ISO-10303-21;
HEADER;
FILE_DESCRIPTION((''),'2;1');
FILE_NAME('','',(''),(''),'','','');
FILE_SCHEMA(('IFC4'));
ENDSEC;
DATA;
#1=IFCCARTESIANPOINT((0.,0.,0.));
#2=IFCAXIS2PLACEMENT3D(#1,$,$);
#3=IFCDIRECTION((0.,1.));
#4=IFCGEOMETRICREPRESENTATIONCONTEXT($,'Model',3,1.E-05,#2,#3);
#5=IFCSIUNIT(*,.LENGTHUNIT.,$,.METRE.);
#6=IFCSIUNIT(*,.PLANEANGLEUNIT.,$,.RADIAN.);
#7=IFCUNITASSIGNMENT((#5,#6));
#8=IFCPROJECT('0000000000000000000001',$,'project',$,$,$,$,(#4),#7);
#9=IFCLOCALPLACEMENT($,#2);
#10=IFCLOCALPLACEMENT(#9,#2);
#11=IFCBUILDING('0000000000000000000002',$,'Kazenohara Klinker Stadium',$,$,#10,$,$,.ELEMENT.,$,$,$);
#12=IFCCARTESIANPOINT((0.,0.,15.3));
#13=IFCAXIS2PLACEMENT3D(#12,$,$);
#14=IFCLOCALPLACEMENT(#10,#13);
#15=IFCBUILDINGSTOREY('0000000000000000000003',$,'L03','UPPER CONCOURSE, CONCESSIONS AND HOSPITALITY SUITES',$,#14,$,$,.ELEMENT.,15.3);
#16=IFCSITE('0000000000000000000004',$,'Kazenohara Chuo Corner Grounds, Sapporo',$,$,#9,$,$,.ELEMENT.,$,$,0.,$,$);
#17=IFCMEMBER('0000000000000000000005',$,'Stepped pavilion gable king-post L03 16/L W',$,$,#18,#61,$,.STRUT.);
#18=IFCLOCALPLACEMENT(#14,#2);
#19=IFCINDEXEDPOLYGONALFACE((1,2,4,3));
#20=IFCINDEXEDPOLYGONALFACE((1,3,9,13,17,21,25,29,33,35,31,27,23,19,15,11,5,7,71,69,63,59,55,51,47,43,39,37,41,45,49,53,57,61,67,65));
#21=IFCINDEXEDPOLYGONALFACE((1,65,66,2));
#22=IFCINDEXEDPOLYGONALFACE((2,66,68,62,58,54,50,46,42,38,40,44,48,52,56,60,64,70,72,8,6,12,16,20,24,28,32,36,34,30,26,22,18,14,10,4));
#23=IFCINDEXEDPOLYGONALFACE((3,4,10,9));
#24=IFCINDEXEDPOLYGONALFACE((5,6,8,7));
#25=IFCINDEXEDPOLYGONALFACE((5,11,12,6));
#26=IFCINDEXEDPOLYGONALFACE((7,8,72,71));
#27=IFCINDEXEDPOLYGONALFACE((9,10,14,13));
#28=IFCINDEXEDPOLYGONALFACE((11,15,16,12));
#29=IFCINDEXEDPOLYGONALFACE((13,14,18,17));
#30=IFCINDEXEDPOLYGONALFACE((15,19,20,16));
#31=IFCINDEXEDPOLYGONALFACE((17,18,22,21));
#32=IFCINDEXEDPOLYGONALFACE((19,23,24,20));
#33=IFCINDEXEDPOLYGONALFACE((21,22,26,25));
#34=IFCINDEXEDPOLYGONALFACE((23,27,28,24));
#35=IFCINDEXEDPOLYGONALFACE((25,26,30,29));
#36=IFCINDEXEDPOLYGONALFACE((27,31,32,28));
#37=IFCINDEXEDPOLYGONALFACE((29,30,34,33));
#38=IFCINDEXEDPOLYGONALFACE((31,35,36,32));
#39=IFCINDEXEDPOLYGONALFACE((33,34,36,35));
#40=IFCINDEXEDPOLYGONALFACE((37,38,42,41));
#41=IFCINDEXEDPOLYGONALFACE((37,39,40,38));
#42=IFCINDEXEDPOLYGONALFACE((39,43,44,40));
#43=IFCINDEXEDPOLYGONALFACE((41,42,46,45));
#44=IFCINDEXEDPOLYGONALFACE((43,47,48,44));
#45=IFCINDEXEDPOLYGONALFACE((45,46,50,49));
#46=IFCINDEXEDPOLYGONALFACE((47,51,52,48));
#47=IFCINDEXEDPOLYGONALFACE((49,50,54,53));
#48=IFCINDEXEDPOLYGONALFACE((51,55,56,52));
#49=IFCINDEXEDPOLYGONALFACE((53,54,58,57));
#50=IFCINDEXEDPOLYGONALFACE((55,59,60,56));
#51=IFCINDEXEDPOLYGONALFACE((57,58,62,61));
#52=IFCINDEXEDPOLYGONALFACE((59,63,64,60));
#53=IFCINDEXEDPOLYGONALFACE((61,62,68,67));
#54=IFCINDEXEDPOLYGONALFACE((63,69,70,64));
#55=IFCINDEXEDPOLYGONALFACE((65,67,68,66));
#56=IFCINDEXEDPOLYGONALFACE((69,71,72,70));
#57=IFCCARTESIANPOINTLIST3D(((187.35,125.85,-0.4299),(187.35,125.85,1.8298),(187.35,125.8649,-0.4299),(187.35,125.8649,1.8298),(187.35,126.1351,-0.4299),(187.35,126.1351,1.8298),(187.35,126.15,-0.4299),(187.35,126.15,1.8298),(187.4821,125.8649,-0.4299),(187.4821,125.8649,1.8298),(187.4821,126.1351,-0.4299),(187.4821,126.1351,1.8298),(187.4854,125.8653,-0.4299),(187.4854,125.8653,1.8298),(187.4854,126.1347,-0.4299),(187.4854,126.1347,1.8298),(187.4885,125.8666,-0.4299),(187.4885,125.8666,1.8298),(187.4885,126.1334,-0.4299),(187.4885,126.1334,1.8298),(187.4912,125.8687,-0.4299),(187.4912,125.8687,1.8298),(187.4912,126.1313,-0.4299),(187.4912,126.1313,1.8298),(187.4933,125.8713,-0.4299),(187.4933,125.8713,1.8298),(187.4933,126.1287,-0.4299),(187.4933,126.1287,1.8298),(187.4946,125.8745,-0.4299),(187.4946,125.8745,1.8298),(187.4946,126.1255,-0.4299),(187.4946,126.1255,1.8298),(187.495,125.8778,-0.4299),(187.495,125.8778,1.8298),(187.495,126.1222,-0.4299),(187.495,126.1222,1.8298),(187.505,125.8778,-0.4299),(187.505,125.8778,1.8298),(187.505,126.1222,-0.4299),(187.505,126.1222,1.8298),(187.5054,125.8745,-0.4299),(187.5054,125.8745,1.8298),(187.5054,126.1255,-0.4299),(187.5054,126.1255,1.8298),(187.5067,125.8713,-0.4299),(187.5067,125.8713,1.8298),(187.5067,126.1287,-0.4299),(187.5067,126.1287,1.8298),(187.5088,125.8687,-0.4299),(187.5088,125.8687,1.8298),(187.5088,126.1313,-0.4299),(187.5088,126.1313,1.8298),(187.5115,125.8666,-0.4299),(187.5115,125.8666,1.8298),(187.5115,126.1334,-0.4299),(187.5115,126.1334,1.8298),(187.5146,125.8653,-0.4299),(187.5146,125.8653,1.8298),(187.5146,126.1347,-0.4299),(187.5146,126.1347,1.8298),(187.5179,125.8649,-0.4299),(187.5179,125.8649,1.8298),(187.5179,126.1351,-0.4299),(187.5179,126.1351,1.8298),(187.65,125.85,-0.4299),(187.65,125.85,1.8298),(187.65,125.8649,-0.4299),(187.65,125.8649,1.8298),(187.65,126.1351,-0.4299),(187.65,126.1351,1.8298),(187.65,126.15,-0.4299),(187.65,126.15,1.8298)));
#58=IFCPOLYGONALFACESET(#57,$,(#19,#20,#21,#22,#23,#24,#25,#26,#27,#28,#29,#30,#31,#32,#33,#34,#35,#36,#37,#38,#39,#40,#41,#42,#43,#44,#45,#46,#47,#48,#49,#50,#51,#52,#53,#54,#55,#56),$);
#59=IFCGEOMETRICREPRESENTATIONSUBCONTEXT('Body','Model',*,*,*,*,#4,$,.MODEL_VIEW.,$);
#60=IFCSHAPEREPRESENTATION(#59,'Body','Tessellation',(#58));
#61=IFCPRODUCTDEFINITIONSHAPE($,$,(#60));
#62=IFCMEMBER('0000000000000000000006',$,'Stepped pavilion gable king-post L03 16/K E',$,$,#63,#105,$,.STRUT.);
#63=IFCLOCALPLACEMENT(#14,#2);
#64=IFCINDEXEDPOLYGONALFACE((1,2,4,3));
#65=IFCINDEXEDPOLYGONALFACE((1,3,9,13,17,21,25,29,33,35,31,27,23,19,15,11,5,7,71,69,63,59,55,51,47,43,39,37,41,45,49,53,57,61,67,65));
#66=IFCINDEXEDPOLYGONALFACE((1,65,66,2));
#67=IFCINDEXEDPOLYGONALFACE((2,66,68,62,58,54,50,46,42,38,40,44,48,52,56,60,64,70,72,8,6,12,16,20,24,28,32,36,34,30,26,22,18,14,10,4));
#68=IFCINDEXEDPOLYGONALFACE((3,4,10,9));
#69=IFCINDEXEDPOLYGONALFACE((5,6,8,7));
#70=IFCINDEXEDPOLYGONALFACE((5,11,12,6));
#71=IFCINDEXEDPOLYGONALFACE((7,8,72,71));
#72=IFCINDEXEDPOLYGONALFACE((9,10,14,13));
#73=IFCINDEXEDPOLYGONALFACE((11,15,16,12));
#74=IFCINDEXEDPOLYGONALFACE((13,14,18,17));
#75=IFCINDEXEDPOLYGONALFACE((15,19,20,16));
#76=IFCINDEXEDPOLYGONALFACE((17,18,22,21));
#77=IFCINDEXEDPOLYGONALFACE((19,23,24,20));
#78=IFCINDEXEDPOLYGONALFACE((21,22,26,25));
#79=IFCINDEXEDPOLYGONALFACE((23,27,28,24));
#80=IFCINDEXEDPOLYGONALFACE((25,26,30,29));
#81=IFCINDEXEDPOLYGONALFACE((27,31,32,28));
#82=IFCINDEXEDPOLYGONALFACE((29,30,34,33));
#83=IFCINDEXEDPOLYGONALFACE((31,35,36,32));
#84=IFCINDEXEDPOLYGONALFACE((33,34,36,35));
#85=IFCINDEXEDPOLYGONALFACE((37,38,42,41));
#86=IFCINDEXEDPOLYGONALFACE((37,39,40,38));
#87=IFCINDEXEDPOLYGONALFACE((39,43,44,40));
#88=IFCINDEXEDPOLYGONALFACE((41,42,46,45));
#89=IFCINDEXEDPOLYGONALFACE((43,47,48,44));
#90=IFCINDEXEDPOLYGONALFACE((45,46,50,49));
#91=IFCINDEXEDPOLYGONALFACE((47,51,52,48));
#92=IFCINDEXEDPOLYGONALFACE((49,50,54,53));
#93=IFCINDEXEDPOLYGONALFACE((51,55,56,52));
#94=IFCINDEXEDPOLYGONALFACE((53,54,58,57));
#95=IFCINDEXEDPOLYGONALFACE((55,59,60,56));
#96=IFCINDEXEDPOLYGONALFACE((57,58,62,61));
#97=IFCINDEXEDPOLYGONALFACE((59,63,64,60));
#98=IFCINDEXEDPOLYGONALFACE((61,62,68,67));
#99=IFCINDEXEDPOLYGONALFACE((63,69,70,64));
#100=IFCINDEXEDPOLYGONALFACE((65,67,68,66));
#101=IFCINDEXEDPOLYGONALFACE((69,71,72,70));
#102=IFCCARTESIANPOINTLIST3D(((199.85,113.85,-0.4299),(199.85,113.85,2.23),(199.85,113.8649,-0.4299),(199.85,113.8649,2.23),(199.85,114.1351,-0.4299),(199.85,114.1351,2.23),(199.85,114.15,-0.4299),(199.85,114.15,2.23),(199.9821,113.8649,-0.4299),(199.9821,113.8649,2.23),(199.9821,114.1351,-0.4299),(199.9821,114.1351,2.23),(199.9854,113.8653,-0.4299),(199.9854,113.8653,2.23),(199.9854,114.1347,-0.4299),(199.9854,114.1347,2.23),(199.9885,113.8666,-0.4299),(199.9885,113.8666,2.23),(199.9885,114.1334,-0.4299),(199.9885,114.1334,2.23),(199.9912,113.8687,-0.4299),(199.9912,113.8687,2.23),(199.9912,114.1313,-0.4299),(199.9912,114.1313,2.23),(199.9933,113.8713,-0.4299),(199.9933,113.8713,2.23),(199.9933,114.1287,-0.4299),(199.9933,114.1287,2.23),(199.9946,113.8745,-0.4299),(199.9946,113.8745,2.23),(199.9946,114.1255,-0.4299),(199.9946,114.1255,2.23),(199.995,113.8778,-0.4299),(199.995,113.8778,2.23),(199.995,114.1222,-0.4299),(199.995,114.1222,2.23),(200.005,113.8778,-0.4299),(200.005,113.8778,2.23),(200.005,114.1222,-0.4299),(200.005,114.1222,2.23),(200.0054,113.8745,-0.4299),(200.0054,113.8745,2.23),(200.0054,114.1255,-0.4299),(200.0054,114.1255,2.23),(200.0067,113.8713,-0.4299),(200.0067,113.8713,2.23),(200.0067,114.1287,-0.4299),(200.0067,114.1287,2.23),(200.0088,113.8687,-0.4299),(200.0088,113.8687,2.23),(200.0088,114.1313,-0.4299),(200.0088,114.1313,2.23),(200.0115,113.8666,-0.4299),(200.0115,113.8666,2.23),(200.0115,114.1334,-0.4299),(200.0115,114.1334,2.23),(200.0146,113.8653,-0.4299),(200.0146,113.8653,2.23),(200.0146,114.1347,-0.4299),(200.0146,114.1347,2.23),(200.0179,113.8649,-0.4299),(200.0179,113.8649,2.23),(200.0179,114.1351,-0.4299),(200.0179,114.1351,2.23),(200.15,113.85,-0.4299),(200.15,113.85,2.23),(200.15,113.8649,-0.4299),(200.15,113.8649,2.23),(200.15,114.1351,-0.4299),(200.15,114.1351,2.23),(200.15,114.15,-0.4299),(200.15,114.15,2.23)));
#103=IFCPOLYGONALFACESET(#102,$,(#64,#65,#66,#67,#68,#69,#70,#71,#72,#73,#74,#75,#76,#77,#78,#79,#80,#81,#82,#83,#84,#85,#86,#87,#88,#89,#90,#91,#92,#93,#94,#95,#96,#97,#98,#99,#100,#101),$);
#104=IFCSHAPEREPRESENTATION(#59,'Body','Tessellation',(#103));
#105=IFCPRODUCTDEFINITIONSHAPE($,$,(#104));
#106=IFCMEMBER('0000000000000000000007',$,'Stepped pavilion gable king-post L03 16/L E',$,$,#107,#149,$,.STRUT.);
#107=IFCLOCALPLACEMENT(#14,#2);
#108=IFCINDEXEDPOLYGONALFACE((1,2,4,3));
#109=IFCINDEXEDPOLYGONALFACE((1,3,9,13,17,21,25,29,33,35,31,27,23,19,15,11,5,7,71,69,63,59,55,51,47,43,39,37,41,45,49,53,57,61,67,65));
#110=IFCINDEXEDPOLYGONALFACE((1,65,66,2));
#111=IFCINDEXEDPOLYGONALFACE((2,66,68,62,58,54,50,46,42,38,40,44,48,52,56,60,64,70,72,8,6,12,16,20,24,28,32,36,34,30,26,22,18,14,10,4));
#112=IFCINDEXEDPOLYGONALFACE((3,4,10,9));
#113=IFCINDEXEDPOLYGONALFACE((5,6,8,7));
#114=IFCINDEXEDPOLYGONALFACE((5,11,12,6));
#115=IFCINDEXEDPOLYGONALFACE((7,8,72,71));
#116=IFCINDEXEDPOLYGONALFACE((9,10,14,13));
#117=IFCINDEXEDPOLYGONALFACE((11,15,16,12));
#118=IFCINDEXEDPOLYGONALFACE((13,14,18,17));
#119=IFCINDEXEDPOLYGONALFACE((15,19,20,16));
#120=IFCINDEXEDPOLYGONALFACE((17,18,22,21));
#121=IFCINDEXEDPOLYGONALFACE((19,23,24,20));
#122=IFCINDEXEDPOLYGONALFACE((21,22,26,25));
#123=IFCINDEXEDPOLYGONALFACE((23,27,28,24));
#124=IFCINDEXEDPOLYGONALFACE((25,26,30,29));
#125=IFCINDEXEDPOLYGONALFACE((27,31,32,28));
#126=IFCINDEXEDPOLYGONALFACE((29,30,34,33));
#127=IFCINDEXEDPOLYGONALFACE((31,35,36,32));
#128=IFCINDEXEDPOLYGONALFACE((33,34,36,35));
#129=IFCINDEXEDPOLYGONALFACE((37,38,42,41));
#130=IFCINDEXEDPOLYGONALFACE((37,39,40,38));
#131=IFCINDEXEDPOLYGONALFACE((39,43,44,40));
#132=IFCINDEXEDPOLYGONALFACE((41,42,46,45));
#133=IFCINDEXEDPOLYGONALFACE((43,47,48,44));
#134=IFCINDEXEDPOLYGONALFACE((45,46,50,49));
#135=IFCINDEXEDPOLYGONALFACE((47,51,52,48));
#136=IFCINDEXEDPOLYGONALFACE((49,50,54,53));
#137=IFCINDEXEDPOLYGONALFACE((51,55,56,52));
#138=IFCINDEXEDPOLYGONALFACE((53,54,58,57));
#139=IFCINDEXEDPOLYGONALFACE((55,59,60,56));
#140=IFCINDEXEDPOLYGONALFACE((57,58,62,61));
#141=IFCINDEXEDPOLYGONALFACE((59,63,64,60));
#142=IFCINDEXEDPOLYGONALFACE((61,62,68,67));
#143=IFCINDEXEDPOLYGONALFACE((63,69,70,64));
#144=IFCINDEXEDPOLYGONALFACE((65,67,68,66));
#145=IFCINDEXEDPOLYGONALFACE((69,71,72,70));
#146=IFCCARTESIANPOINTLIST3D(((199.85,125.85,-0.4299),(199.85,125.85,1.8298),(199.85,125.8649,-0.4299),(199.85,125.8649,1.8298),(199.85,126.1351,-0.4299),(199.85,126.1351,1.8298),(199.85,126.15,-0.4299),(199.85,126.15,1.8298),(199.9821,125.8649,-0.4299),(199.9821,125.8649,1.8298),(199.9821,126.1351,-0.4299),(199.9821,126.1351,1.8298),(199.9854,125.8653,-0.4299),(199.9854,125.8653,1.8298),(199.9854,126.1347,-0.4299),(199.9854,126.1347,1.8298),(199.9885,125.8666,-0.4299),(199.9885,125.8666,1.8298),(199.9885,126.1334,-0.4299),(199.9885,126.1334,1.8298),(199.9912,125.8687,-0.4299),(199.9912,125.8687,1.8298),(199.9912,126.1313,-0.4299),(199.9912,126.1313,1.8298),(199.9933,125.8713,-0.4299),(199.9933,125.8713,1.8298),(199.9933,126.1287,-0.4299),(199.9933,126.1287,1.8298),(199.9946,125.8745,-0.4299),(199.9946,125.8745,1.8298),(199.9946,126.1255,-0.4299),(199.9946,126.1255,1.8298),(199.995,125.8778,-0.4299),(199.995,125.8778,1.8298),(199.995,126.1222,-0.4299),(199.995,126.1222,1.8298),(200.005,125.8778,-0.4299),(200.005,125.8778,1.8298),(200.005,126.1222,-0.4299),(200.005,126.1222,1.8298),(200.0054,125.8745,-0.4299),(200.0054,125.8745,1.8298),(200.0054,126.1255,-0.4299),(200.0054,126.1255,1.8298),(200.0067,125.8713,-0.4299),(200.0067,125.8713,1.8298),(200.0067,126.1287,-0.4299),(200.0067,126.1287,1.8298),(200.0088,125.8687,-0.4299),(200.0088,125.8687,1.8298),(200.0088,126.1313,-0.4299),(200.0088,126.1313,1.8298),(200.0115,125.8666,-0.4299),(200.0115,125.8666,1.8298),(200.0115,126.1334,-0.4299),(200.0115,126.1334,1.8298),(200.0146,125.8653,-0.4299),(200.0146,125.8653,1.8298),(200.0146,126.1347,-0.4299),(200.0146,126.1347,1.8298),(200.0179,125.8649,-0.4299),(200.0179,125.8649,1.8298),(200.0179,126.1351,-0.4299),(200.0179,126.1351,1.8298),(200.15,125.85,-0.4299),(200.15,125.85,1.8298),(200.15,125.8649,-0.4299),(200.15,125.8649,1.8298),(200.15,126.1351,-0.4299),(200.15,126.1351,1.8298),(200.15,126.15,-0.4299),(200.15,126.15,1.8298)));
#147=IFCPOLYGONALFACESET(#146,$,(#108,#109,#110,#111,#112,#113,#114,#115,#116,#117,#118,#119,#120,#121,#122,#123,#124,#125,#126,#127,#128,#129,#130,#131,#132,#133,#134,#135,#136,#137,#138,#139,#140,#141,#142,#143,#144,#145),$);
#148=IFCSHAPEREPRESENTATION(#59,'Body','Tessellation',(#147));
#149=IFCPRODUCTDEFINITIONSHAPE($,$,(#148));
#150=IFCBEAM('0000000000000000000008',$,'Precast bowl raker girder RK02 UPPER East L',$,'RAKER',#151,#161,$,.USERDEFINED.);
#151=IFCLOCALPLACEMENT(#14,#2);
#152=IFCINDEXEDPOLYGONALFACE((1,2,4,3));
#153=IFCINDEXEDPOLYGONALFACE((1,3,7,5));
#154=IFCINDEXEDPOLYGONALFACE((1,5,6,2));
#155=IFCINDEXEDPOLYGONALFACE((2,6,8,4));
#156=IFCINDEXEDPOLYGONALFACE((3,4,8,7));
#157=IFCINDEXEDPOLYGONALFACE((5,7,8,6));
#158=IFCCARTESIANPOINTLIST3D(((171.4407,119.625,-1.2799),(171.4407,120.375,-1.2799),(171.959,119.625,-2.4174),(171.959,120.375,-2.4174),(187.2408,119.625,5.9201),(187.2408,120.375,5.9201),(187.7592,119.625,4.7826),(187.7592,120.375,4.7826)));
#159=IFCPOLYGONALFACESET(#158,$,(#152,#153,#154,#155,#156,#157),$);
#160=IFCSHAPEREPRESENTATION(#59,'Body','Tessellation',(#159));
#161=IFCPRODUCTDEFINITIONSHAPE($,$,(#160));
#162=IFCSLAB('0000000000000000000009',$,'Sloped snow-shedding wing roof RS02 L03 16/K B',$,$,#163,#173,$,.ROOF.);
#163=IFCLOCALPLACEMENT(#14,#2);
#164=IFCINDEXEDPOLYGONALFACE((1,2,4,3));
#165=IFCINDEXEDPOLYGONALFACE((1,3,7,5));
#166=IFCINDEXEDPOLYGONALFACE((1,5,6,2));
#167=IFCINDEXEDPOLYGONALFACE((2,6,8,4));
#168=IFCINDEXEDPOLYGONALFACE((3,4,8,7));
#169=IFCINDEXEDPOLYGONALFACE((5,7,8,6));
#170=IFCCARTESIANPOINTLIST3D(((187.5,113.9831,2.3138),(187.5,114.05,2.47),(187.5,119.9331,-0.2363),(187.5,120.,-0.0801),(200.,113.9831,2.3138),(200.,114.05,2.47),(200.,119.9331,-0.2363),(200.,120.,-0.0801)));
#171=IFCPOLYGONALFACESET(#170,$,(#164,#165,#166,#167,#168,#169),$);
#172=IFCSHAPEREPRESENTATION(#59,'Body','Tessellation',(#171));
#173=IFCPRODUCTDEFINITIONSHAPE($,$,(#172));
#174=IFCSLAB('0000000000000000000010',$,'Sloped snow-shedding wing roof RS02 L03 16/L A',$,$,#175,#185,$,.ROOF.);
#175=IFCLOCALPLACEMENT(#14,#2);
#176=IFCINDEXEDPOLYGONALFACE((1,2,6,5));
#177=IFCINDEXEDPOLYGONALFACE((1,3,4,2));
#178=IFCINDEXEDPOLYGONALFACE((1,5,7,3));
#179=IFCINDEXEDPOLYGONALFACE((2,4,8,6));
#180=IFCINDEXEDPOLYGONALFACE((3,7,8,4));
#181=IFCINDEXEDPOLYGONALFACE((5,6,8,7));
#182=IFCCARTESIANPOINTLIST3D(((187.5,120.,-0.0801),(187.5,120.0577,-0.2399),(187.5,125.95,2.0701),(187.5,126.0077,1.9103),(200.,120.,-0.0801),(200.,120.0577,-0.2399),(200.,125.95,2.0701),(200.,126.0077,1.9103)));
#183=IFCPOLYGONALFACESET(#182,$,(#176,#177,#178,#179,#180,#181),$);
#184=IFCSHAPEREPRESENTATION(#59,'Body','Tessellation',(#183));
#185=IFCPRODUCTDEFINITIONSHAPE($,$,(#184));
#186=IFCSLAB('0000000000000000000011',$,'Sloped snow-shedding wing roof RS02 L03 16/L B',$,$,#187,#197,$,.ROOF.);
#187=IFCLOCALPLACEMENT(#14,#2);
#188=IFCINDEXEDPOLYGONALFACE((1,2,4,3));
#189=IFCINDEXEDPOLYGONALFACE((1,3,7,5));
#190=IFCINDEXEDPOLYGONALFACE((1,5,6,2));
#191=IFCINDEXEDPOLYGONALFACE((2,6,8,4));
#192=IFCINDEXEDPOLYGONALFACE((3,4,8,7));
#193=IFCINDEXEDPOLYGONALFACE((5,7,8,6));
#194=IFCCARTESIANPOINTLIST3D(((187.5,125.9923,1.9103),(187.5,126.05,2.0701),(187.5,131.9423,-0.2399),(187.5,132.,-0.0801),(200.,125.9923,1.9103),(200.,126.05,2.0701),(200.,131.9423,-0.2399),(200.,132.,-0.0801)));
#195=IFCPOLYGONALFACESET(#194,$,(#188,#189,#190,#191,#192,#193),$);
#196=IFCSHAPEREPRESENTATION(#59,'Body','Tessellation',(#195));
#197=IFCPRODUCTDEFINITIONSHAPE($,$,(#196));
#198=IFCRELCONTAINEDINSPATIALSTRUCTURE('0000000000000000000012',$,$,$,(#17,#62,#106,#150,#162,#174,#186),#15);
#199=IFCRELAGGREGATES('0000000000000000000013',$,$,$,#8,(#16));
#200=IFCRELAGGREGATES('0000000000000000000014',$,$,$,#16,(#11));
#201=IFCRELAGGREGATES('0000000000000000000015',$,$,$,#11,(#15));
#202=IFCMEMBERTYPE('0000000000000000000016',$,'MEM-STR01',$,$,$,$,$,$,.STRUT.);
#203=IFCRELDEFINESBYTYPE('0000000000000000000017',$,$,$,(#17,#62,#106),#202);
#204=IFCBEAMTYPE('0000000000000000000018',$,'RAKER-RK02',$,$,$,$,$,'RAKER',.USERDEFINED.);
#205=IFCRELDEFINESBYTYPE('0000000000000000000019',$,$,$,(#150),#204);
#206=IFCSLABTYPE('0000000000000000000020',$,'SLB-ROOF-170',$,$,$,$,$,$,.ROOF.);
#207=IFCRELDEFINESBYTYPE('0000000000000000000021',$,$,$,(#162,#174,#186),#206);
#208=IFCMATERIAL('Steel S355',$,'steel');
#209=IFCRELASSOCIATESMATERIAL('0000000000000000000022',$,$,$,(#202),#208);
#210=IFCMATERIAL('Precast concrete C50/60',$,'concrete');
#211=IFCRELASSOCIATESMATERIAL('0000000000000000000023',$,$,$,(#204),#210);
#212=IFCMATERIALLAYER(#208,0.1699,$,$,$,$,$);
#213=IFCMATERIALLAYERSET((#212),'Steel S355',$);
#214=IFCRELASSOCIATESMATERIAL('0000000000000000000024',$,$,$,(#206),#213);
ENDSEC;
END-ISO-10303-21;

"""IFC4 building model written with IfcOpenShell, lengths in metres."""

from ifc_helpers import new_model, si_unit, direction, frame, origin, origin_2d, place, context, subcontext, project, spatial, polyline, rectangle, i_section, outline, extrude, material, layer, layer_set, material_profile, profile_set, type_object, element, save


model = new_model("IFC4")

# Units and contexts
model_context = context("Model", 3, precision=1e-05, world=origin(), true_north=direction((0.0, 1.0)))
body_context = subcontext(model_context, "Body", "Model", "MODEL_VIEW")
ifc_project = project(units=[si_unit("LENGTHUNIT", "METRE"), si_unit("PLANEANGLEUNIT", "RADIAN")], contexts=[model_context])

# Site, building, storey
site_placement = place(None, origin())
site = spatial("IfcSite", under=ifc_project, at=site_placement, Name="Kazenohara Chuo Corner Grounds, Sapporo", CompositionType="ELEMENT", RefElevation=0.0)
building_placement = place(site_placement, origin())
building = spatial("IfcBuilding", under=site, at=building_placement, Name="Kazenohara Klinker Stadium", CompositionType="ELEMENT")
storey_placement = place(building_placement, frame((0.0, 0.0, 15.3)))
storey = spatial("IfcBuildingStorey", under=building, at=storey_placement, Name="L03", Description="UPPER CONCOURSE, CONCESSIONS AND HOSPITALITY SUITES", CompositionType="ELEMENT", Elevation=15.3)

# Shared definitions
ifc_material_1 = material(Name="Steel S355", Category="steel")

# Members
ifc_material_profile_1 = material_profile(ifc_material_1, i_section(OverallWidth=0.3, OverallDepth=0.3, WebThickness=0.01, FlangeThickness=0.0149, FilletRadius=0.0129, at=origin_2d()), Name="H-300x300x10x15")
ifc_profile_set_1 = profile_set([ifc_material_profile_1], Name="Steel S355")
member_type_1 = type_object("IfcMemberType", Name="MEM-STR01", PredefinedType="STRUT", material=ifc_profile_set_1)
member_1_placement = place(storey_placement, frame((187.5, 126.0, -0.4299), z_axis=(0.0, 0.0, 1.0), x_axis=(1.0, 0.0, 0.0)))
element("IfcMember", 1, at=member_1_placement, inside=storey, type_object=member_type_1, Name="Stepped pavilion gable king-post L03 16/L W", PredefinedType="STRUT", context=body_context, shape_type="SweptSolid", body=[
    extrude(i_section(OverallWidth=0.3, OverallDepth=0.3, WebThickness=0.01, FlangeThickness=0.0149, FilletRadius=0.0129, at=origin_2d()), origin(), (0.0, 0.0, 1.0), 2.2598),
])
member_2_placement = place(storey_placement, frame((200.0, 114.0, -0.4299), z_axis=(0.0, 0.0, 1.0), x_axis=(1.0, 0.0, 0.0)))
element("IfcMember", 2, at=member_2_placement, inside=storey, type_object=member_type_1, Name="Stepped pavilion gable king-post L03 16/K E", PredefinedType="STRUT", context=body_context, shape_type="SweptSolid", body=[
    extrude(i_section(OverallWidth=0.3, OverallDepth=0.3, WebThickness=0.01, FlangeThickness=0.0149, FilletRadius=0.0129, at=origin_2d()), origin(), (0.0, 0.0, 1.0), 2.6599),
])
member_3_placement = place(storey_placement, frame((200.0, 126.0, -0.4299), z_axis=(0.0, 0.0, 1.0), x_axis=(1.0, 0.0, 0.0)))
element("IfcMember", 3, at=member_3_placement, inside=storey, type_object=member_type_1, Name="Stepped pavilion gable king-post L03 16/L E", PredefinedType="STRUT", context=body_context, shape_type="SweptSolid", body=[
    extrude(i_section(OverallWidth=0.3, OverallDepth=0.3, WebThickness=0.01, FlangeThickness=0.0149, FilletRadius=0.0129, at=origin_2d()), origin(), (0.0, 0.0, 1.0), 2.2598),
])

# Beam
ifc_material_2 = material(Name="Precast concrete C50/60", Category="concrete")
ifc_material_profile_2 = material_profile(ifc_material_2, rectangle(XDim=0.75, YDim=1.25, at=origin_2d()), Name="PC-RAKER-750x1250")
ifc_profile_set_2 = profile_set([ifc_material_profile_2], Name="Precast concrete C50/60")
beam_type_1 = type_object("IfcBeamType", Name="RAKER-RK02", ElementType="RAKER", PredefinedType="USERDEFINED", material=ifc_profile_set_2)
beam_1_placement = place(storey_placement, frame((187.5, 120.0, 5.3513), z_axis=(-0.909973, 0.0, -0.414667), x_axis=(0.0, -1.0, 0.0)))
element("IfcBeam", 4, at=beam_1_placement, inside=storey, type_object=beam_type_1, Name="Precast bowl raker girder RK02 UPPER East L", ObjectType="RAKER", PredefinedType="USERDEFINED", context=body_context, shape_type="SweptSolid", body=[
    extrude(rectangle(XDim=0.75, YDim=1.25, at=origin_2d()), origin(), (0.0, 0.0, 1.0), 17.3633),
])

# Slabs
ifc_layer_1 = layer(ifc_material_1, 0.1699)
ifc_layer_set_1 = layer_set([ifc_layer_1], Name="Steel S355")
slab_type = type_object("IfcSlabType", Name="SLB-ROOF-170", PredefinedType="ROOF", material=ifc_layer_set_1)
slab_placement = place(storey_placement, frame((187.5, 114.05, 2.47), z_axis=(0.0, 0.393928, 0.919141), x_axis=(1.0, 0.0, 0.0)))
element("IfcSlab", 5, at=slab_placement, inside=storey, type_object=slab_type, Name="Sloped snow-shedding wing roof RS02 L03 16/K B", PredefinedType="ROOF", context=body_context, shape_type="SweptSolid", body=[
    extrude(outline(polyline([(0.0, 0.0), (12.5, 0.0), (12.5, 6.4734), (0.0, 6.4734), (0.0, 0.0)])), origin(), (0.0, 0.0, -1.0), 0.1699),
])
for number, where, z_axis, x_axis, name in (
    (6, (187.5, 120.0, -0.0801), (0.0, -0.339862, 0.940475), (1.0, 0.0, 0.0), "Sloped snow-shedding wing roof RS02 L03 16/L A"),
    (7, (187.5, 126.05, 2.0701), (0.0, 0.339862, 0.940475), (1.0, 0.0, 0.0), "Sloped snow-shedding wing roof RS02 L03 16/L B"),
):
    element("IfcSlab", number, at=place(storey_placement, frame(where, z_axis=z_axis, x_axis=x_axis)), inside=storey, type_object=slab_type, Name=name, PredefinedType="ROOF", context=body_context, shape_type="SweptSolid", body=[
        extrude(outline(polyline([(0.0, 0.0), (12.5, 0.0), (12.5, 6.3265), (0.0, 6.3265), (0.0, 0.0)])), origin(), (0.0, 0.0, -1.0), 0.1699),
    ])

save(model, "model.ifc")
